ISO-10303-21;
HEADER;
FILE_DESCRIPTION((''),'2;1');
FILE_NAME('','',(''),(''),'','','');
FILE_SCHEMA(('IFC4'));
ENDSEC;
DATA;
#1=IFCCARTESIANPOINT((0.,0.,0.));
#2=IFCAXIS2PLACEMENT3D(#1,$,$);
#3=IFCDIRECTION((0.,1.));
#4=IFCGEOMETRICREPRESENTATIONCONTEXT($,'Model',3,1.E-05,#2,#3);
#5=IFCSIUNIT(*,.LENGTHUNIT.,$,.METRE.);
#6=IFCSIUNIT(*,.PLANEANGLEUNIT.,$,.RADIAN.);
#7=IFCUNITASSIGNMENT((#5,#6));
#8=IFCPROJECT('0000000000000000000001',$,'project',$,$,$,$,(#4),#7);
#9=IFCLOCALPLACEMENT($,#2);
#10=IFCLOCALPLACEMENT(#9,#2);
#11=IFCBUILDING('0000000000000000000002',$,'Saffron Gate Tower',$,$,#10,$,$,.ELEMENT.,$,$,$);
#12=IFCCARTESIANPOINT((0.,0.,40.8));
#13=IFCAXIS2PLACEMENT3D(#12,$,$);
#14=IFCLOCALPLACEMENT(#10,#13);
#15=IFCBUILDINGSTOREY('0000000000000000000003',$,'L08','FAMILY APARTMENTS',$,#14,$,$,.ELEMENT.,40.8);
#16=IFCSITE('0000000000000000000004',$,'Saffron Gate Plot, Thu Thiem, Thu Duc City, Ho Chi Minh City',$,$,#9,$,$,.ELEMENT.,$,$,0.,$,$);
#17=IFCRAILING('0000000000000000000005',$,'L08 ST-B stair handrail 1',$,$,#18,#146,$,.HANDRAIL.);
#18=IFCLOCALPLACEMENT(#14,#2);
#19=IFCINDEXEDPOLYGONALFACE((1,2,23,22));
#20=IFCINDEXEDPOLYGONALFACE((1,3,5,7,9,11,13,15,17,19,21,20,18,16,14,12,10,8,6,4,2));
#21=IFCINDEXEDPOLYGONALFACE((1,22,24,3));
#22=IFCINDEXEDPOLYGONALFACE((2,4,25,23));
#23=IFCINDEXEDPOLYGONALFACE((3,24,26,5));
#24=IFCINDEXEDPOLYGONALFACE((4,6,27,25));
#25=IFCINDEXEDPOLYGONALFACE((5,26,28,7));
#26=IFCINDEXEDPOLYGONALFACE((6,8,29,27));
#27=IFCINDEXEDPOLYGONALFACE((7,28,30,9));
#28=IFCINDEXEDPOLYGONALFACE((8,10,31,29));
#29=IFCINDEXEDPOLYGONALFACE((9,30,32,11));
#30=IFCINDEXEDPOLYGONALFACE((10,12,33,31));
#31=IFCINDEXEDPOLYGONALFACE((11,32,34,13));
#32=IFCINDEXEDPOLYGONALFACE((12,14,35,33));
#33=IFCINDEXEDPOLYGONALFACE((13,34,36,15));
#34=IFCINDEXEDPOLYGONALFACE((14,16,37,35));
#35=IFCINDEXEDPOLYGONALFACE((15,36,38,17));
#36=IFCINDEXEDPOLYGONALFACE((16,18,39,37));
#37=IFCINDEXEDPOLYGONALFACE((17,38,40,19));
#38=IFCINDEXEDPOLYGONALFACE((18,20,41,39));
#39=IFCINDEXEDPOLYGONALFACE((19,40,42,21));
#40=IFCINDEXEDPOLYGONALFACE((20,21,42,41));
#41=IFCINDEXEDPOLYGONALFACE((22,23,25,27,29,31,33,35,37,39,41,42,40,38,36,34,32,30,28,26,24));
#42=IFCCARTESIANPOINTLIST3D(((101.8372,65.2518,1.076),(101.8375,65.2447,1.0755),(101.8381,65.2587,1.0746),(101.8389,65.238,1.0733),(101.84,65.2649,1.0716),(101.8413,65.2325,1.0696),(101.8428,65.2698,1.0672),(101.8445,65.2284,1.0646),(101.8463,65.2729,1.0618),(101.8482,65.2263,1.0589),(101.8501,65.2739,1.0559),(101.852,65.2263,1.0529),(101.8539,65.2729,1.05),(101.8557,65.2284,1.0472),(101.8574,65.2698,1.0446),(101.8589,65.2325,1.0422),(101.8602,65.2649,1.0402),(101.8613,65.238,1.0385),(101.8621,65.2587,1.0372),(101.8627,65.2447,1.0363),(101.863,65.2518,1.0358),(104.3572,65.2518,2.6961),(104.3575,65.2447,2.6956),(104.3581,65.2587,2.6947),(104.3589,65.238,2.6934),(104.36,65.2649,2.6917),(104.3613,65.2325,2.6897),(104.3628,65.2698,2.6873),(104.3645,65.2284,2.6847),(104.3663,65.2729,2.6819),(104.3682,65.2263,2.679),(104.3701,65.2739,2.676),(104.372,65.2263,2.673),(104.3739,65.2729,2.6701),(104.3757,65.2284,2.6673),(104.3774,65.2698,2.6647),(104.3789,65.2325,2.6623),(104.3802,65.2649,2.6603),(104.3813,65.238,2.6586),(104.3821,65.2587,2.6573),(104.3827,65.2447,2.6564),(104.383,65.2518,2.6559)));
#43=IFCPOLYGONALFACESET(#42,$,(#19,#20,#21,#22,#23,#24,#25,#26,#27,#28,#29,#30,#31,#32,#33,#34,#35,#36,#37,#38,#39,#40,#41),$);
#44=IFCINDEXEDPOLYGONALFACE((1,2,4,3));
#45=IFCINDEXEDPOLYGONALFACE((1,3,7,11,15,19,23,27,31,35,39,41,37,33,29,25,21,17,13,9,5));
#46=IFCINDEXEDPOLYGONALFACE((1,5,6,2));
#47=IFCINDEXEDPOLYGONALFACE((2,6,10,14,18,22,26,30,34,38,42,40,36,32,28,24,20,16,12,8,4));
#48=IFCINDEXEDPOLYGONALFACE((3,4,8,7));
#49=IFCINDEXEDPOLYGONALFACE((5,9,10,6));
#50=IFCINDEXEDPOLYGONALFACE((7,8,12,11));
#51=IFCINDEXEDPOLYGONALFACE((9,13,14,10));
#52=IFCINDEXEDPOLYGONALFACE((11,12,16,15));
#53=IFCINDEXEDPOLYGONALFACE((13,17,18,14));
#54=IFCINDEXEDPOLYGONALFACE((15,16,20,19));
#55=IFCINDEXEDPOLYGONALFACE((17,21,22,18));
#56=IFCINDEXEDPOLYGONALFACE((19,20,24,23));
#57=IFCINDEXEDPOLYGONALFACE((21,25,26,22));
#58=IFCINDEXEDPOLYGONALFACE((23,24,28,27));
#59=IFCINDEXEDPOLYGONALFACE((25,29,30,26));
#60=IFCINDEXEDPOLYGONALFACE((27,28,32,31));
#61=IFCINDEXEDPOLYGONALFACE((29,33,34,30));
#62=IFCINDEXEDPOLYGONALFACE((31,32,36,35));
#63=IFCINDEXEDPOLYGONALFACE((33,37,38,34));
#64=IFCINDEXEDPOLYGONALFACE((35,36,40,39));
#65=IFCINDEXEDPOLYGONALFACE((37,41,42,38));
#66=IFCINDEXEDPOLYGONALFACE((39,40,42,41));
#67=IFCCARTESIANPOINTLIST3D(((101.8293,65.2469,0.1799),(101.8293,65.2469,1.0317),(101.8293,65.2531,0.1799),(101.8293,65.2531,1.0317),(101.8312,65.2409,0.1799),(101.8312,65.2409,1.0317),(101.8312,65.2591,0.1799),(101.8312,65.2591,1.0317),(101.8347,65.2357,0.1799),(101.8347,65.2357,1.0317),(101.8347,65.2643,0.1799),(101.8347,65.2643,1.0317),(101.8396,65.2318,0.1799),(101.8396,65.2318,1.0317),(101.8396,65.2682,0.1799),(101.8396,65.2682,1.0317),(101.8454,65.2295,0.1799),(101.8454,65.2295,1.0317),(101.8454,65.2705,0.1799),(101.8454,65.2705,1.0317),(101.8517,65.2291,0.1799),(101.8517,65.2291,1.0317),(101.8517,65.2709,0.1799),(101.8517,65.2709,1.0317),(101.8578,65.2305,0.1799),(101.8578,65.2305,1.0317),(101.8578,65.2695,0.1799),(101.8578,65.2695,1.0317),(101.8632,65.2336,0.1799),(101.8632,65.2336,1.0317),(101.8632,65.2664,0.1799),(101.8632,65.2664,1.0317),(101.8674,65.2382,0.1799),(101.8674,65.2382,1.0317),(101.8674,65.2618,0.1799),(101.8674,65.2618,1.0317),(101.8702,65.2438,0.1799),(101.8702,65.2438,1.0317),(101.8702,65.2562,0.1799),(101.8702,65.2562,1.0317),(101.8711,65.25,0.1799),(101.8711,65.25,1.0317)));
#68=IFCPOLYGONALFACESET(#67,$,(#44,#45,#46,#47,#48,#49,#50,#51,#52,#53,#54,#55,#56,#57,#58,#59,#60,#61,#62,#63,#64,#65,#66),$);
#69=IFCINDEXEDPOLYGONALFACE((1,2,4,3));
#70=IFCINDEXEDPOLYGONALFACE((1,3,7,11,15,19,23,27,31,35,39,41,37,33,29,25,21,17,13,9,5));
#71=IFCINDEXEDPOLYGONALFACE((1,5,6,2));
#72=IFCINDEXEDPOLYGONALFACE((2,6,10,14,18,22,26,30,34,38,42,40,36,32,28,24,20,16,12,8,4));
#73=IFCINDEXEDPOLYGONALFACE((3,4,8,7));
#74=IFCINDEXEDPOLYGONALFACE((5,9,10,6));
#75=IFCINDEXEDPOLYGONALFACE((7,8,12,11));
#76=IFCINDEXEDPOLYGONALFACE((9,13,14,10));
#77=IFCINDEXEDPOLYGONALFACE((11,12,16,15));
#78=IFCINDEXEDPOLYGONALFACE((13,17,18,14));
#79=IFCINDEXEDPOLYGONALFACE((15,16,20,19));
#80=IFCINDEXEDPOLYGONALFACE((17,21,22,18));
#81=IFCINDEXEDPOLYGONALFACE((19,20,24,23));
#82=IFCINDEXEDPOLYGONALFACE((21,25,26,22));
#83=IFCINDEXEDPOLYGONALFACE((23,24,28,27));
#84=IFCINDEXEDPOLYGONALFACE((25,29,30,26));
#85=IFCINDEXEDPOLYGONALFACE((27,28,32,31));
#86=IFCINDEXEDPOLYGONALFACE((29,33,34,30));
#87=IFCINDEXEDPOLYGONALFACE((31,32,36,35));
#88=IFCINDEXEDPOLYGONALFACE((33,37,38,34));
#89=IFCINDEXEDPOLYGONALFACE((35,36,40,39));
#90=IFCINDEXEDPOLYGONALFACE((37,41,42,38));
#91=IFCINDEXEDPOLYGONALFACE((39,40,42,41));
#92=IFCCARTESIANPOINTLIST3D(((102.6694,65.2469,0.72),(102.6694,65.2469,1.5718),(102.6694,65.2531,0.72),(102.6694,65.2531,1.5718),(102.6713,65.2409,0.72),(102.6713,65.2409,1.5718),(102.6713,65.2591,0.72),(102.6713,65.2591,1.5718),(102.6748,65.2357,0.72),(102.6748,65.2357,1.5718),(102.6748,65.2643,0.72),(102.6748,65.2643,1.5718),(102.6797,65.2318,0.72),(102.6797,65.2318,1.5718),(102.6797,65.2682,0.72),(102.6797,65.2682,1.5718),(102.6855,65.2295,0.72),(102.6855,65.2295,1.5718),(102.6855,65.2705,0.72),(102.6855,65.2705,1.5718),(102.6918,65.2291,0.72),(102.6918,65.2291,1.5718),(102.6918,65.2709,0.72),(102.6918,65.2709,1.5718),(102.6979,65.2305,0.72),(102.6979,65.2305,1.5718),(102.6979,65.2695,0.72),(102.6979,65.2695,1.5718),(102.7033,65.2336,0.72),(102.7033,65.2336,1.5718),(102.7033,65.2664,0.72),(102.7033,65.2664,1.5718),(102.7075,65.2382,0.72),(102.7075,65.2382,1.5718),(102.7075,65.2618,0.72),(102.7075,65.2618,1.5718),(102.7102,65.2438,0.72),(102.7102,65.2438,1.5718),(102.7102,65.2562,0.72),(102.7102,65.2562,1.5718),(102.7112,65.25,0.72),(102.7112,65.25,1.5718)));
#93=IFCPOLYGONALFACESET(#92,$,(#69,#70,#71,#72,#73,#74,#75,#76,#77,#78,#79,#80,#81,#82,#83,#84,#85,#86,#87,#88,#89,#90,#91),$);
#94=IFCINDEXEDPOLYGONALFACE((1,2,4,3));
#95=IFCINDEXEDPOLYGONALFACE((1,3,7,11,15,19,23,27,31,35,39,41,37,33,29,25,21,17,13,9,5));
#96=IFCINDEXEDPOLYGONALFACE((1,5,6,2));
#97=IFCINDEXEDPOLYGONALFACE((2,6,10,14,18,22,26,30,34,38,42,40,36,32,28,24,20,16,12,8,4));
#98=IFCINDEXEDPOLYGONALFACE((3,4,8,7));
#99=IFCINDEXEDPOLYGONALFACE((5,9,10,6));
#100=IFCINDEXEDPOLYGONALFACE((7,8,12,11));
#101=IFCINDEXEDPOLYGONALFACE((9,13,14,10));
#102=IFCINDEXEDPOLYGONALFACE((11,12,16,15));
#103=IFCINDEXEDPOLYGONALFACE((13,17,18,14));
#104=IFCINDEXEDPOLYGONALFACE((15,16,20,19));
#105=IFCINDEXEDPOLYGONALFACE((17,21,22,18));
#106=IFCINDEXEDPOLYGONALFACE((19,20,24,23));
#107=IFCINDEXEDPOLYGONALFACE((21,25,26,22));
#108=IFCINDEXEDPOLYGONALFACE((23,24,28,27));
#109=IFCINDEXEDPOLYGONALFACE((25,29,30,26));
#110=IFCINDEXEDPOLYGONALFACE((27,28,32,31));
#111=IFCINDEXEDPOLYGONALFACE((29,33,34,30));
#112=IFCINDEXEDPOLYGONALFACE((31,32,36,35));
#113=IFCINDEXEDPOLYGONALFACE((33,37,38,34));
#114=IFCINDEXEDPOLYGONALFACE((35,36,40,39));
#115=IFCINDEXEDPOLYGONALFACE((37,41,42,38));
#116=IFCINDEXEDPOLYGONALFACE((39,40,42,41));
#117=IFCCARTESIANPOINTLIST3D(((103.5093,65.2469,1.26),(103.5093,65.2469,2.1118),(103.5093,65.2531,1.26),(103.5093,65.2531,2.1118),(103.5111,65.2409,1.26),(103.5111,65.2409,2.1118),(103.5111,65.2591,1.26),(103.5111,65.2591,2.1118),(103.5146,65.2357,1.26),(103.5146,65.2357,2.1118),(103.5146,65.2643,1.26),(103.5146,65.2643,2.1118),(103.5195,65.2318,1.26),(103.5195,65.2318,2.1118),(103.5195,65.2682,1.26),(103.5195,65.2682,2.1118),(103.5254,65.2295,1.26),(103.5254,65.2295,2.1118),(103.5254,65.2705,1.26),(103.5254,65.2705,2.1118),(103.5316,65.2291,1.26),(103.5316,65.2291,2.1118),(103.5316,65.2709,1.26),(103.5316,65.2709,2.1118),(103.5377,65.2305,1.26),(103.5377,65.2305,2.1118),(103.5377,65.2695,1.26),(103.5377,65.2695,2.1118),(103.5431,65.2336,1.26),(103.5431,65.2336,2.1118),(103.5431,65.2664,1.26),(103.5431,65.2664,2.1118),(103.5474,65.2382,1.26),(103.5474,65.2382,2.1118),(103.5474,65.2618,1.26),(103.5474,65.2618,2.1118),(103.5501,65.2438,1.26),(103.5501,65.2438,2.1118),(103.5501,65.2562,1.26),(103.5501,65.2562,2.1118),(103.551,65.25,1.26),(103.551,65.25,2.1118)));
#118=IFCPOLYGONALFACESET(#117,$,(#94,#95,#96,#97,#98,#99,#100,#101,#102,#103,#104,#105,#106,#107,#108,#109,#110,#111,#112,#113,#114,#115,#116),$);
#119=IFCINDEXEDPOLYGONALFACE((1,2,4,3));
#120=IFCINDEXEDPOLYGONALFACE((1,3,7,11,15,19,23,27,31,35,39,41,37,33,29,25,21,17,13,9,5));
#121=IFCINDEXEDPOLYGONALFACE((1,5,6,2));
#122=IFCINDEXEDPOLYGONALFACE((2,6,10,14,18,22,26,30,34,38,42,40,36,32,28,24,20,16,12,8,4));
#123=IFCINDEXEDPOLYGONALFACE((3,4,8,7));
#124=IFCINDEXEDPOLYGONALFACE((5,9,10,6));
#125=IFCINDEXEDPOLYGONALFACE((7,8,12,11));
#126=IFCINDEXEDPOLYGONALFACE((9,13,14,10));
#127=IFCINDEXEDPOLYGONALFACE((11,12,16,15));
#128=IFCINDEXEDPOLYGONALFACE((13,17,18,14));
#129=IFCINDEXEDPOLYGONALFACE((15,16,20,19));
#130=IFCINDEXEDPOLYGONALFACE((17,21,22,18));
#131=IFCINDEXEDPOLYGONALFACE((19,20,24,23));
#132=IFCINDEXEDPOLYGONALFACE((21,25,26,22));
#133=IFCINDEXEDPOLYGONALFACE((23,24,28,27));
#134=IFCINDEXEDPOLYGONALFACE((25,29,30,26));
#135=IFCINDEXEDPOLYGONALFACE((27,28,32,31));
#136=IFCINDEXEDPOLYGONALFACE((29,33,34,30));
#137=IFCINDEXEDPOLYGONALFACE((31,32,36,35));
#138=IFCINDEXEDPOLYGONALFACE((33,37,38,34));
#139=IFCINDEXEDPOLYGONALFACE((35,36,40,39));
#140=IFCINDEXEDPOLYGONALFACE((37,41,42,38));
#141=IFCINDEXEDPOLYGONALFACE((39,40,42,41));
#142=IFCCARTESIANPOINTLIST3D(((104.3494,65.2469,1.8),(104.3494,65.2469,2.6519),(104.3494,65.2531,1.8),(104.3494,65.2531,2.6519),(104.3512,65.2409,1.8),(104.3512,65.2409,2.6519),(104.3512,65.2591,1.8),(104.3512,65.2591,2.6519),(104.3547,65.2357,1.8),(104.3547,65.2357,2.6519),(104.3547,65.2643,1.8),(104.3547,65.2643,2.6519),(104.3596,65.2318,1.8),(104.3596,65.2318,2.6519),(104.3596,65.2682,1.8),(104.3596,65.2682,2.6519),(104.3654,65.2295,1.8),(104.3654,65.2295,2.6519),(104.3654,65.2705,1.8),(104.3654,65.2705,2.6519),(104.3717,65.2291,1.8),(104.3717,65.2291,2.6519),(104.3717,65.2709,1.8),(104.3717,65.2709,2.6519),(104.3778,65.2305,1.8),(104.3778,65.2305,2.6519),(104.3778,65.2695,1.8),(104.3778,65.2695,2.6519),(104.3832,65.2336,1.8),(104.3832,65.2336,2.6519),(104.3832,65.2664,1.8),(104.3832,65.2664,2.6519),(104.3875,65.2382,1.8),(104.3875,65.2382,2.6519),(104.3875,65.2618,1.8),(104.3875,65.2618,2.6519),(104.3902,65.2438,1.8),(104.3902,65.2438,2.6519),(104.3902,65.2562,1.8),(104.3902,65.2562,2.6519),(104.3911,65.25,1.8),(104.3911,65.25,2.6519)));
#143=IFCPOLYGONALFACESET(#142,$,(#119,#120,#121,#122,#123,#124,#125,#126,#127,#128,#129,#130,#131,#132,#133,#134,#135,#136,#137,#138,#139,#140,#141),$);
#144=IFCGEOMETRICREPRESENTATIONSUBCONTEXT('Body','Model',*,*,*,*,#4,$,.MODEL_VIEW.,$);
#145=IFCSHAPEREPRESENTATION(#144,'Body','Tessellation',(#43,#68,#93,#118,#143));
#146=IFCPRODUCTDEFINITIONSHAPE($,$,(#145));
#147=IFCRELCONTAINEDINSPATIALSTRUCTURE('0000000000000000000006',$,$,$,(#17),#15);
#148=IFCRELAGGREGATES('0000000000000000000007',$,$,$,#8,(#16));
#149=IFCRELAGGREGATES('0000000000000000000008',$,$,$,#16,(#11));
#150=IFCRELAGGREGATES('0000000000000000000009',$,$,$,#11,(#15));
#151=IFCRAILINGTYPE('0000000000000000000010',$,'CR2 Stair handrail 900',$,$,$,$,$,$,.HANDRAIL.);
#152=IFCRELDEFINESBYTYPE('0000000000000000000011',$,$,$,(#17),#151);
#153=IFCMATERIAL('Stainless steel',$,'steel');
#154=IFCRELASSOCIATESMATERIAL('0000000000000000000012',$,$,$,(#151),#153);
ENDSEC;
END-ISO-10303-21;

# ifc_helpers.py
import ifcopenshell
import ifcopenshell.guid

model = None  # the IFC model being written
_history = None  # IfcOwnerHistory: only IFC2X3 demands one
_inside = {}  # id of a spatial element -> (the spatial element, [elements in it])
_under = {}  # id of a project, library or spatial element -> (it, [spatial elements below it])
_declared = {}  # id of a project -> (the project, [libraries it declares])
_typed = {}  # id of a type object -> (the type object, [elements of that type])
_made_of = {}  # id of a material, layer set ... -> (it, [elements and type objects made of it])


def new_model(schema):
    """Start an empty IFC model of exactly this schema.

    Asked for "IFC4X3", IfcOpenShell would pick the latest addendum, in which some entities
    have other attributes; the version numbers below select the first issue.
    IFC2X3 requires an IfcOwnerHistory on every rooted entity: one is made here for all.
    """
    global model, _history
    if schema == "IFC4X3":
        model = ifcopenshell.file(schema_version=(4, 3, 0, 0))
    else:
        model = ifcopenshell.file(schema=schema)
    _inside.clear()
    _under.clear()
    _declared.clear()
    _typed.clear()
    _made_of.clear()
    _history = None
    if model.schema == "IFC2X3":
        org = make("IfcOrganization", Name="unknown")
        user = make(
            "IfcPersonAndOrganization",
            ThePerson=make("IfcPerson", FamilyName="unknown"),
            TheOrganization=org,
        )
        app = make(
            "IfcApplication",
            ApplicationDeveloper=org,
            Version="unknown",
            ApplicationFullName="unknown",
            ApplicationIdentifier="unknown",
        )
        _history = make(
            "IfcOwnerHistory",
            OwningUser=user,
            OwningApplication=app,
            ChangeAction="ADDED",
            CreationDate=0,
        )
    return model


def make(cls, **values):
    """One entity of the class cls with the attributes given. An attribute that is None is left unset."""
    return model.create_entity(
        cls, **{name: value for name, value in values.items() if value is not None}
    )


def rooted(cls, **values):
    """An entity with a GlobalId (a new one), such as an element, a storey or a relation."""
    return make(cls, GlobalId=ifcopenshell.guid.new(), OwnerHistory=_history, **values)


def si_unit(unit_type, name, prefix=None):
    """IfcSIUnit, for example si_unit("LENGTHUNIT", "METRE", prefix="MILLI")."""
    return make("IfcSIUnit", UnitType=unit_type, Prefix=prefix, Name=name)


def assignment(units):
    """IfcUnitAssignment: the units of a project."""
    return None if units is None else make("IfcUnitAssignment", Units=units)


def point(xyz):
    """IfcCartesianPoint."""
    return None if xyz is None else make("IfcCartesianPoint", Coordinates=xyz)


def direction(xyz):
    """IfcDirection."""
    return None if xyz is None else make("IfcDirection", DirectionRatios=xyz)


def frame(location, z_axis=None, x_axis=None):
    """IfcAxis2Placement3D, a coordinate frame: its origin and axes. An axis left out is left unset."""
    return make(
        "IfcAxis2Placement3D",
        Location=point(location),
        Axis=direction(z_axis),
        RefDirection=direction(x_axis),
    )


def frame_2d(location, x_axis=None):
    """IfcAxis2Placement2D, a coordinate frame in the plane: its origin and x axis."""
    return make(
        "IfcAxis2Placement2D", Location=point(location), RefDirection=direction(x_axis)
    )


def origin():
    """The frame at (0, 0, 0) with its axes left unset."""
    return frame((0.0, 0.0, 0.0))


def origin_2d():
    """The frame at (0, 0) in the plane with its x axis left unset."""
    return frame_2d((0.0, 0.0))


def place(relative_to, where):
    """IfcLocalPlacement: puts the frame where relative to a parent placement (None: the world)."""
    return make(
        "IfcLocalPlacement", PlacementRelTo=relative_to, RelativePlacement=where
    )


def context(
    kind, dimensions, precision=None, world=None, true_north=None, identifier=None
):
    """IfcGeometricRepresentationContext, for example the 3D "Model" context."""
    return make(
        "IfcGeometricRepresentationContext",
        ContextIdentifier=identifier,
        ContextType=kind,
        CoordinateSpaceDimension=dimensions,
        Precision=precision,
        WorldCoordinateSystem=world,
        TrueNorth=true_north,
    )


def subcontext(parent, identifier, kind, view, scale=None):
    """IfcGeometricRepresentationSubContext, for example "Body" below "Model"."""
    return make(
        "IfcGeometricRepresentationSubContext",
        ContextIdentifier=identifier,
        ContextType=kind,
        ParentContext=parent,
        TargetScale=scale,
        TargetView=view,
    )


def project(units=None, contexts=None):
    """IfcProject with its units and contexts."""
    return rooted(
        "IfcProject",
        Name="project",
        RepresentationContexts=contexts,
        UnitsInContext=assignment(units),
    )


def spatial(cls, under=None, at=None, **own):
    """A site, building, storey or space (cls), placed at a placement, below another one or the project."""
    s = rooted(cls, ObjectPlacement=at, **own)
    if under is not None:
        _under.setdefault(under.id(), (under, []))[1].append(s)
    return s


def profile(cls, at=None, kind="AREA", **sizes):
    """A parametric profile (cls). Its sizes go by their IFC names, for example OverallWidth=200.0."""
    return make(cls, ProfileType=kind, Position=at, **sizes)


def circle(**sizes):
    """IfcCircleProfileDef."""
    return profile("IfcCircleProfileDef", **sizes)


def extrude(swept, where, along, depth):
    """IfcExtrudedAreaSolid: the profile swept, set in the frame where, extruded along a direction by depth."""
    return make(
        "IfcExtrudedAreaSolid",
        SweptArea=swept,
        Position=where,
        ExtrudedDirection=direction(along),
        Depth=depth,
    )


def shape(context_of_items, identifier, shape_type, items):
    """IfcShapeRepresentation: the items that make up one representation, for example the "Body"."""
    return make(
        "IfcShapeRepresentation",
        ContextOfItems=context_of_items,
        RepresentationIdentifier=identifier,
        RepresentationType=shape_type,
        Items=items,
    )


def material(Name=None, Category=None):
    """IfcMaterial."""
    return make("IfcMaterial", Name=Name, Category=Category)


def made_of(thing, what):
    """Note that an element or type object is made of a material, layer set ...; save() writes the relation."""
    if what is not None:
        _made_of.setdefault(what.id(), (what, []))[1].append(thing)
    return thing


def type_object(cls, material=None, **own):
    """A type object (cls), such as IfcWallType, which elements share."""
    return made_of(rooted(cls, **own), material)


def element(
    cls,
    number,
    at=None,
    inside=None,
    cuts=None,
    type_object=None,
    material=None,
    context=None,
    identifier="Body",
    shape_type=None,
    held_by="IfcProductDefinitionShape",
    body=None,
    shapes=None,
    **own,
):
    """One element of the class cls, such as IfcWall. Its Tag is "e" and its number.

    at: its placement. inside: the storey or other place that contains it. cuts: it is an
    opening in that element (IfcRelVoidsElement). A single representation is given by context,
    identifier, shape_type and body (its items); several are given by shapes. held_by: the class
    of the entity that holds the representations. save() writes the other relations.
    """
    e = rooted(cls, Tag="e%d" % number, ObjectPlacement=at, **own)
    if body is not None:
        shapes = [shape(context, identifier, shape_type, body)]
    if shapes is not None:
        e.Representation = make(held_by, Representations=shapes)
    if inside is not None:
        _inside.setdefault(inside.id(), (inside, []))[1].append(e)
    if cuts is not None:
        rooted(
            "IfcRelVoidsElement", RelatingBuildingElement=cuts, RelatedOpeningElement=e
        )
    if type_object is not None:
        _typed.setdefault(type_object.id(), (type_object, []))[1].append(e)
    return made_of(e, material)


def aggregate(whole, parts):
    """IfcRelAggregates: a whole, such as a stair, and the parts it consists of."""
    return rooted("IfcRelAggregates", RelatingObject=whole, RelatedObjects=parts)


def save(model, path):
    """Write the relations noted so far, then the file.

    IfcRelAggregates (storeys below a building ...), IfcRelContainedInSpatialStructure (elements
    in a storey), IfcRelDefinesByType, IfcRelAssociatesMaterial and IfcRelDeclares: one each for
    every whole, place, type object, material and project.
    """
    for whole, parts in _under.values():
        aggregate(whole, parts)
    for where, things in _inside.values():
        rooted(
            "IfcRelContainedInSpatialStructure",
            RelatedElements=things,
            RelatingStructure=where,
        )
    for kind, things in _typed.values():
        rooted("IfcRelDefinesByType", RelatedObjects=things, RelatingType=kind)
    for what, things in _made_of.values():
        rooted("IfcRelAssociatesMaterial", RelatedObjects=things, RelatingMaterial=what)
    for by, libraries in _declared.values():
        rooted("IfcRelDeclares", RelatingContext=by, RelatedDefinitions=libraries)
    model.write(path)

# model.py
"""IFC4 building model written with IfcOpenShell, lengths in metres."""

from ifc_helpers import new_model, si_unit, direction, frame, origin, origin_2d, place, context, subcontext, project, spatial, circle, extrude, material, type_object, element, save


model = new_model("IFC4")

# Units and contexts
model_context = context("Model", 3, precision=1e-05, world=origin(), true_north=direction((0.0, 1.0)))
body_context = subcontext(model_context, "Body", "Model", "MODEL_VIEW")
ifc_project = project(units=[si_unit("LENGTHUNIT", "METRE"), si_unit("PLANEANGLEUNIT", "RADIAN")], contexts=[model_context])

# Site, building, storey
site_placement = place(None, origin())
site = spatial("IfcSite", under=ifc_project, at=site_placement, Name="Saffron Gate Plot, Thu Thiem, Thu Duc City, Ho Chi Minh City", CompositionType="ELEMENT", RefElevation=0.0)
building_placement = place(site_placement, origin())
building = spatial("IfcBuilding", under=site, at=building_placement, Name="Saffron Gate Tower", CompositionType="ELEMENT")
storey_placement = place(building_placement, frame((0.0, 0.0, 40.8)))
storey = spatial("IfcBuildingStorey", under=building, at=storey_placement, Name="L08", Description="FAMILY APARTMENTS", CompositionType="ELEMENT", Elevation=40.8)

# Railing
ifc_material_1 = material(Name="Stainless steel", Category="steel")
railing_type = type_object("IfcRailingType", Name="CR2 Stair handrail 900", PredefinedType="HANDRAIL", material=ifc_material_1)
railing_placement = place(storey_placement, frame((101.8501, 65.25, 0.1799)))
element("IfcRailing", 1, at=railing_placement, inside=storey, type_object=railing_type, Name="L08 ST-B stair handrail 1", PredefinedType="HANDRAIL", context=body_context, shape_type="SweptSolid", body=[
    extrude(circle(Radius=0.0239, at=origin_2d()), frame((0.0, 0.0, 0.876), z_axis=(0.841163, 0.0, 0.540782), x_axis=(0.0, 1.0, 0.0)), (0.0, 0.0, 1.0), 2.9958),
    extrude(circle(Radius=0.021, at=origin_2d()), origin(), (0.0, 0.0, 1.0), 0.8518),
    extrude(circle(Radius=0.021, at=origin_2d()), frame((0.8401, 0.0, 0.54)), (0.0, 0.0, 1.0), 0.8518),
    extrude(circle(Radius=0.021, at=origin_2d()), frame((1.6799, 0.0, 1.0801)), (0.0, 0.0, 1.0), 0.8518),
    extrude(circle(Radius=0.021, at=origin_2d()), frame((2.52, 0.0, 1.6201)), (0.0, 0.0, 1.0), 0.8518),
])

save(model, "model.ifc")
